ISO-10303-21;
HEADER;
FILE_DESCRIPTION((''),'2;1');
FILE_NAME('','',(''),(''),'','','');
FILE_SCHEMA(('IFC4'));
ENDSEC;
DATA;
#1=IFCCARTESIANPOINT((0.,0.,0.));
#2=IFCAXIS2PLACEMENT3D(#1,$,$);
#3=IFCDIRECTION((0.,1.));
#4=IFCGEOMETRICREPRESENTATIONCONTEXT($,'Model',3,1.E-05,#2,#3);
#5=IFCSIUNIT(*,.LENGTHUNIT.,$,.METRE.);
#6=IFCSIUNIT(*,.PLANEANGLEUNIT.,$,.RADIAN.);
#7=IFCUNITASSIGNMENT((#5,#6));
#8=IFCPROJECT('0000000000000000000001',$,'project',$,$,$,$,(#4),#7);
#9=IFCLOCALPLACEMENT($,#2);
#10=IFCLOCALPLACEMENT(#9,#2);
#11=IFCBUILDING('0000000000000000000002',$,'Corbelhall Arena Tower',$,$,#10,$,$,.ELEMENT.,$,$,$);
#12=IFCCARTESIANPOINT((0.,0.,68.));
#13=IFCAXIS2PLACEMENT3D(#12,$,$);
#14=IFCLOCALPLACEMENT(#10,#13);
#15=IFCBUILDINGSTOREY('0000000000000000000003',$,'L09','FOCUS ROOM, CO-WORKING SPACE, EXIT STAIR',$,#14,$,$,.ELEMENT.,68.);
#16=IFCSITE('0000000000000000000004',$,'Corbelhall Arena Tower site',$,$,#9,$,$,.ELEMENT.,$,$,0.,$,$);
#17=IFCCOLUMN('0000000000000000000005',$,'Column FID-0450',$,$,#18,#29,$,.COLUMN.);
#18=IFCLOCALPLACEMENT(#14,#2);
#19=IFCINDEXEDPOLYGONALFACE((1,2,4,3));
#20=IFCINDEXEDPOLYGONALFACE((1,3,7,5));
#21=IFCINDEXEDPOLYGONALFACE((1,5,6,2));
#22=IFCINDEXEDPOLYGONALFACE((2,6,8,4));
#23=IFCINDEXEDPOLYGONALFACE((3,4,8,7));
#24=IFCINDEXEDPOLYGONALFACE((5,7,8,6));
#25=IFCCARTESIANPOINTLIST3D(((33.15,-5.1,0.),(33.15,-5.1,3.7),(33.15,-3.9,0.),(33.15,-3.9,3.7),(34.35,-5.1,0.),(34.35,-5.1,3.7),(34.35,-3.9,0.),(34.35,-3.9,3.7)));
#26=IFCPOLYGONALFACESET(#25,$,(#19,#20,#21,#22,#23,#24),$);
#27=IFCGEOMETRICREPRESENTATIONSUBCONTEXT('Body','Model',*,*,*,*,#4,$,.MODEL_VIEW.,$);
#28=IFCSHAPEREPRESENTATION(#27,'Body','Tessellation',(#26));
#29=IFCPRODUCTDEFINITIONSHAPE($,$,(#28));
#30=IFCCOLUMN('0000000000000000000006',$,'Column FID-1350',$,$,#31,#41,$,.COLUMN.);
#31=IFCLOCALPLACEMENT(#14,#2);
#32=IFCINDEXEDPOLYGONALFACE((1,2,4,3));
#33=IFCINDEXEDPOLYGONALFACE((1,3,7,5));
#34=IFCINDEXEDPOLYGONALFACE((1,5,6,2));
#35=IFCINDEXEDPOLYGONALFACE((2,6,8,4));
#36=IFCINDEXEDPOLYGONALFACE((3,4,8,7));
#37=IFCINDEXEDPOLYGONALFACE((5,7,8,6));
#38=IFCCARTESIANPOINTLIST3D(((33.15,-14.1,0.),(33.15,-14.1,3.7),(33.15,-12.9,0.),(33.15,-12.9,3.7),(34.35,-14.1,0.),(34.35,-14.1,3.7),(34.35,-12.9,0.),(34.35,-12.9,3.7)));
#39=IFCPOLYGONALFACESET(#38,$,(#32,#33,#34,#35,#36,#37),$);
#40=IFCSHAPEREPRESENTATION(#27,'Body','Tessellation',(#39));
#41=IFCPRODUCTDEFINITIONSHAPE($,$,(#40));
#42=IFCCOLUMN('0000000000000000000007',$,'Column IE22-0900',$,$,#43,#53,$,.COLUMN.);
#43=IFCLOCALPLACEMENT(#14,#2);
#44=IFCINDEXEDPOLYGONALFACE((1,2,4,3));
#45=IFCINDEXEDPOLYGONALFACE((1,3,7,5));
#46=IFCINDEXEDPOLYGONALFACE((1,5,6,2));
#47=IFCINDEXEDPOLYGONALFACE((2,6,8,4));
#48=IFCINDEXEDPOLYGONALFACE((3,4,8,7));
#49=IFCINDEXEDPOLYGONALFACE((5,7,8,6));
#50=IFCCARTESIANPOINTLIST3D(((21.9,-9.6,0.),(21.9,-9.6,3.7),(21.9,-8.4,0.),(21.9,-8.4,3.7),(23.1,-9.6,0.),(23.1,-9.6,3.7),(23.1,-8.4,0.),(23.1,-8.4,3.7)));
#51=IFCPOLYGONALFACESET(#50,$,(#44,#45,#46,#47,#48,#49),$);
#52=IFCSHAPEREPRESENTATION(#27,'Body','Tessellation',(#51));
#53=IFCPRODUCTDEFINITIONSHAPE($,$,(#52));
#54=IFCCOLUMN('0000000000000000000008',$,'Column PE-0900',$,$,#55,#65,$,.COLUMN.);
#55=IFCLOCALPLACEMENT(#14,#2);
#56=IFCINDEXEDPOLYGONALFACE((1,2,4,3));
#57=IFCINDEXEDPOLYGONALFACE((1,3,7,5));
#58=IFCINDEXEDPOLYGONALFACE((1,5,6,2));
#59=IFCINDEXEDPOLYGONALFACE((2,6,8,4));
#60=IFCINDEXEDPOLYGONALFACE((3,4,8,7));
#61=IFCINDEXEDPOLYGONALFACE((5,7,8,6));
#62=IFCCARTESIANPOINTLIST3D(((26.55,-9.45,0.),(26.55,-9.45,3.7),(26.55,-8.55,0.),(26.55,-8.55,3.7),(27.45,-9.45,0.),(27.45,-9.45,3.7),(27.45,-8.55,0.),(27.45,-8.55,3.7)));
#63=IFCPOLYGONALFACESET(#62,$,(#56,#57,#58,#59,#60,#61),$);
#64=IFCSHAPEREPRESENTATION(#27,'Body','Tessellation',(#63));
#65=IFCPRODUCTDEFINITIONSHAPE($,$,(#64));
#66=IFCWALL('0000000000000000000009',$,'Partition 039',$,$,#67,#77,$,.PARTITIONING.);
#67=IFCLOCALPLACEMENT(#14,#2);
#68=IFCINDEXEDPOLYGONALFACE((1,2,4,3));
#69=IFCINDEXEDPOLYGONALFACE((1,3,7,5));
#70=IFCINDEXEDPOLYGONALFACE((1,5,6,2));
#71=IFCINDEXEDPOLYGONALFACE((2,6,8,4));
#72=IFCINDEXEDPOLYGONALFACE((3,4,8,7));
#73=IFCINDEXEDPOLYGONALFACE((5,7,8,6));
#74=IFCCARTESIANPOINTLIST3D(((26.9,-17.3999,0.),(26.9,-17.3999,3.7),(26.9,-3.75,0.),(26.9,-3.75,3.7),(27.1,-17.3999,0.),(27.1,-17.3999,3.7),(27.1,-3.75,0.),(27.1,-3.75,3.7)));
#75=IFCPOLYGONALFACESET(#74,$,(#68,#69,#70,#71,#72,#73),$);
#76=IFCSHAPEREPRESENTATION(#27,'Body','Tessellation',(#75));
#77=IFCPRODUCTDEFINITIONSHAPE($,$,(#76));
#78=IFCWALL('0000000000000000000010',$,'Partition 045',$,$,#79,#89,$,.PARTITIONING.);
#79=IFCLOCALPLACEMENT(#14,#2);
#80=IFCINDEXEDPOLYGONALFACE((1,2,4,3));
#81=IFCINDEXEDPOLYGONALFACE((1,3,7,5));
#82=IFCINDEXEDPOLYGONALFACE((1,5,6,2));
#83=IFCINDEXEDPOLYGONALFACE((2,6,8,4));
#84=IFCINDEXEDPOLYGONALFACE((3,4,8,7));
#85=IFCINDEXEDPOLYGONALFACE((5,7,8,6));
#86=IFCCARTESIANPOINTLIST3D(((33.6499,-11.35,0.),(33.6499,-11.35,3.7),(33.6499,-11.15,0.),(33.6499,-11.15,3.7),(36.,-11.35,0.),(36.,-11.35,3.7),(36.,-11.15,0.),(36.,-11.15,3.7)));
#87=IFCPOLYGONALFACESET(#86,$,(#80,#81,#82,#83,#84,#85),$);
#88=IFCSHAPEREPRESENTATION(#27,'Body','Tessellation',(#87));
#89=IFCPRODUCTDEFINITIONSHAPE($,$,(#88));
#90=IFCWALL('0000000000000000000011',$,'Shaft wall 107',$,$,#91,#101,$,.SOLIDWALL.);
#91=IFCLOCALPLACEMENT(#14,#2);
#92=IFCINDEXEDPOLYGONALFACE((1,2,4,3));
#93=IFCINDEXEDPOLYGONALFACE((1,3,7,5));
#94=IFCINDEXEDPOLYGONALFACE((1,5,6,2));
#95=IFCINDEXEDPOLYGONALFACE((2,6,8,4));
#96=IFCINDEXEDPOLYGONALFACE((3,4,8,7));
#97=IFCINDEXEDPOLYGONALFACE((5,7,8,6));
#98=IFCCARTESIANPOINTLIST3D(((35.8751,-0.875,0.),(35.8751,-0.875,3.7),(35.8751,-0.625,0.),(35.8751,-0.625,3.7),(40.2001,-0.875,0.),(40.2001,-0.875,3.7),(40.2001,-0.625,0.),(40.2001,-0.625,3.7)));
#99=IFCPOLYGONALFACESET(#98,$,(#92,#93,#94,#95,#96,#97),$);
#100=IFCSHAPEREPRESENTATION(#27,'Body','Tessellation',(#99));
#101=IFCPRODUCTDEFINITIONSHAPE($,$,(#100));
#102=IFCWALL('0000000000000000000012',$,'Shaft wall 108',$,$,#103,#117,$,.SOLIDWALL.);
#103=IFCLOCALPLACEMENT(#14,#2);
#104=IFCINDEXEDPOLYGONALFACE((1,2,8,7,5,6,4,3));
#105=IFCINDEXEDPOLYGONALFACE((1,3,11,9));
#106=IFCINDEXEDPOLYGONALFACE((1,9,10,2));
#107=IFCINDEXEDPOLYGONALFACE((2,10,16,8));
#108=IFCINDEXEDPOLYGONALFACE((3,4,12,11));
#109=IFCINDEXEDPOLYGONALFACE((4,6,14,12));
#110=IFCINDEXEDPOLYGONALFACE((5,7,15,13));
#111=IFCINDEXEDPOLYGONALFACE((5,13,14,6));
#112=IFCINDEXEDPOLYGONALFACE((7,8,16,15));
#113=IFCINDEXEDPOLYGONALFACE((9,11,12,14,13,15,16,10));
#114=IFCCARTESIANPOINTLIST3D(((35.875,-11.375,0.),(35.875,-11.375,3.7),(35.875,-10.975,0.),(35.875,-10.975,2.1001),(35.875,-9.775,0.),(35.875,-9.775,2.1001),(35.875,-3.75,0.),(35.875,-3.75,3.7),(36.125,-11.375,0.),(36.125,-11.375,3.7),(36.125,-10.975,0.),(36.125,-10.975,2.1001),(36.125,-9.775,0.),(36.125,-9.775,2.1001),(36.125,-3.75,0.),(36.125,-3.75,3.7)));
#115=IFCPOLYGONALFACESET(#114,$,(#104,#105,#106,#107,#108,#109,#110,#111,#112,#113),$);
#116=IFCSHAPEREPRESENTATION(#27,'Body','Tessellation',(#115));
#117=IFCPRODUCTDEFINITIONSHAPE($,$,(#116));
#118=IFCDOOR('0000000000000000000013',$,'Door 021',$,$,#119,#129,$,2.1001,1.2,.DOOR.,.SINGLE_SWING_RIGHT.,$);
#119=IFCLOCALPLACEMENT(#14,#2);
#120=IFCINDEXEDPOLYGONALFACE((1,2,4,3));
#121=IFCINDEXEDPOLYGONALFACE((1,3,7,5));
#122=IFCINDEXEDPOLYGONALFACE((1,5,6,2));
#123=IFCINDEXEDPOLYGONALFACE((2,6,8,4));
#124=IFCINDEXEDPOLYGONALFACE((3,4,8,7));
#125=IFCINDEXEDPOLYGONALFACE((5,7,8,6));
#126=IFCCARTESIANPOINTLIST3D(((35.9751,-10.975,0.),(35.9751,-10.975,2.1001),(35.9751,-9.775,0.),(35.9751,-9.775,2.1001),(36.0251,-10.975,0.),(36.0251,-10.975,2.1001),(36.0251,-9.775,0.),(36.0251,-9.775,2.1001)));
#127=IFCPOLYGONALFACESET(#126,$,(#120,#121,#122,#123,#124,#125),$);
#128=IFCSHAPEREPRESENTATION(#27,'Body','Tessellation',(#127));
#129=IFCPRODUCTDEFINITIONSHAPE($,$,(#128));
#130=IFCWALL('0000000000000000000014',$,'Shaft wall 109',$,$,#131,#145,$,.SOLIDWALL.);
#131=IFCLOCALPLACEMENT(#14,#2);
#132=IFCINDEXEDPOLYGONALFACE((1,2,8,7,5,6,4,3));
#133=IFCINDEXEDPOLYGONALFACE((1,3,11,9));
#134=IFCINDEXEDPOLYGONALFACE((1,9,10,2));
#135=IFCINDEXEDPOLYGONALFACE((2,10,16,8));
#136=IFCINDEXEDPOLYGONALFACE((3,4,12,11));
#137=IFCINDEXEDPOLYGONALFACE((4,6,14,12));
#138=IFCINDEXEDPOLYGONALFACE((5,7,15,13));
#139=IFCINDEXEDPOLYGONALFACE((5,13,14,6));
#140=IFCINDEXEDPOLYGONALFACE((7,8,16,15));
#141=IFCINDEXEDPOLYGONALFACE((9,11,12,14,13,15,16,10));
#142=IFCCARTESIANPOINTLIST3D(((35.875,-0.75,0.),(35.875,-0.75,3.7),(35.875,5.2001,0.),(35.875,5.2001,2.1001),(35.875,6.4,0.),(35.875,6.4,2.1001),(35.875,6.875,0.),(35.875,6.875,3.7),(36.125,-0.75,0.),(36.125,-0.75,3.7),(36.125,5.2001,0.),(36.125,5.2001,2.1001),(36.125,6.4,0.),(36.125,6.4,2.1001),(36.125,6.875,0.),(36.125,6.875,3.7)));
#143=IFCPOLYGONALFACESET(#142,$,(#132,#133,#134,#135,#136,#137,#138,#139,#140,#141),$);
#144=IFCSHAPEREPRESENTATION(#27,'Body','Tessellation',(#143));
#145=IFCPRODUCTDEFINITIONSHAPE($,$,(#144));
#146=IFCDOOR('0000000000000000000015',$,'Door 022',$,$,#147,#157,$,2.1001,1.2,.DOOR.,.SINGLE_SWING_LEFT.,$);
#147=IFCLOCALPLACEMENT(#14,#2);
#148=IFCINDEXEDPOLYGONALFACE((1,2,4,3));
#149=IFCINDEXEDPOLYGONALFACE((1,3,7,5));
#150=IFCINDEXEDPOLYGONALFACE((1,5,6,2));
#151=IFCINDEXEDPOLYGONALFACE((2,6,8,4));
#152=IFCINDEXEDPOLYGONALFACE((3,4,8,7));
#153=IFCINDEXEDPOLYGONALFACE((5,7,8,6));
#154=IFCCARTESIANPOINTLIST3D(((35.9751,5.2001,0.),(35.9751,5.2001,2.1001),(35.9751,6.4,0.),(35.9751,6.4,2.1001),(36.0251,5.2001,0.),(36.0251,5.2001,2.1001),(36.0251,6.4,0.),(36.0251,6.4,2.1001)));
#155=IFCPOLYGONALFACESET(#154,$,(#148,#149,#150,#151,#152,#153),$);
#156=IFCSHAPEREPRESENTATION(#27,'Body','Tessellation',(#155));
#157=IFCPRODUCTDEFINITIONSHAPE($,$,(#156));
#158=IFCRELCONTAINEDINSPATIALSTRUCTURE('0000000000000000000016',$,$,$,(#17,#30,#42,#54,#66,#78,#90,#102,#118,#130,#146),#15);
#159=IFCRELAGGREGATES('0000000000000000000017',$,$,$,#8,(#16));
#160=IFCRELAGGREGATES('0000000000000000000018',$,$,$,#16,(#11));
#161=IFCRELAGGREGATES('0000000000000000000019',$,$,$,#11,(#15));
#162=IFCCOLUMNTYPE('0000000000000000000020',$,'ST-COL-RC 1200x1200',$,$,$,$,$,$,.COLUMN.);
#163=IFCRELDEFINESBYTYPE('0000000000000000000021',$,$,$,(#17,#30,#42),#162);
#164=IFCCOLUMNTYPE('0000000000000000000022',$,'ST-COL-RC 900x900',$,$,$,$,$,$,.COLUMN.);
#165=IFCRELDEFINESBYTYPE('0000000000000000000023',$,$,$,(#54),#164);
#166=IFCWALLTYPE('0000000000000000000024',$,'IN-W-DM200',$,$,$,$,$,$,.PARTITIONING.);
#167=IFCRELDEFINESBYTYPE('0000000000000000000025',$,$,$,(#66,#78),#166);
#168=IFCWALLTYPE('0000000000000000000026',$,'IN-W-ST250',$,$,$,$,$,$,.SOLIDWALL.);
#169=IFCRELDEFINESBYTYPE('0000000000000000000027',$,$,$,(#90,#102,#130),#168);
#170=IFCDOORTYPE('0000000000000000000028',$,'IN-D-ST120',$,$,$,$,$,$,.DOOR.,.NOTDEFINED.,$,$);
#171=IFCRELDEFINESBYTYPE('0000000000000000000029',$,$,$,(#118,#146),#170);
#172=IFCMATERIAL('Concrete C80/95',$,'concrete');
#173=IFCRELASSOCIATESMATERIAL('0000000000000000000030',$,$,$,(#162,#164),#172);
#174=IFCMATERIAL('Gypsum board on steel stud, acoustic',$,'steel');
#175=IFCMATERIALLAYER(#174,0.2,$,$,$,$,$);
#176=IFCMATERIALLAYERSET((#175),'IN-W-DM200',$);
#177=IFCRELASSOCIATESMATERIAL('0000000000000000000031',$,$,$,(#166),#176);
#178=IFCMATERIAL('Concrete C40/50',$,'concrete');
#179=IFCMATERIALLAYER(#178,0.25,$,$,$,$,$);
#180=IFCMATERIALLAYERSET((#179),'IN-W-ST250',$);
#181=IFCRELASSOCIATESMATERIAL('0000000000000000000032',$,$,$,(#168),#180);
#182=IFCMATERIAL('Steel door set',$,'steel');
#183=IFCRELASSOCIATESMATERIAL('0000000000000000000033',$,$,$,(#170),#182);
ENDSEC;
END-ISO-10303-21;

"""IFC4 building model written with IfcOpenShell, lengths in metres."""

from ifc_helpers import new_model, si_unit, direction, frame, frame_2d, origin, origin_2d, place, context, subcontext, project, spatial, rectangle, extrude, material, layer, layer_set, material_profile, profile_set, type_object, element, fill, save


model = new_model("IFC4")

# Units and contexts
model_context = context("Model", 3, precision=1e-05, world=origin(), true_north=direction((0.0, 1.0)))
body_context = subcontext(model_context, "Body", "Model", "MODEL_VIEW")
ifc_project = project(units=[si_unit("LENGTHUNIT", "METRE"), si_unit("PLANEANGLEUNIT", "RADIAN")], contexts=[model_context])

# Site, building, storey
site_placement = place(None, origin())
site = spatial("IfcSite", under=ifc_project, at=site_placement, Name="Corbelhall Arena Tower site", CompositionType="ELEMENT", RefElevation=0.0)
building_placement = place(site_placement, origin())
building = spatial("IfcBuilding", under=site, at=building_placement, Name="Corbelhall Arena Tower", CompositionType="ELEMENT")
storey_placement = place(building_placement, frame((0.0, 0.0, 68.0)))
storey = spatial("IfcBuildingStorey", under=building, at=storey_placement, Name="L09", Description="FOCUS ROOM, CO-WORKING SPACE, EXIT STAIR", CompositionType="ELEMENT", Elevation=68.0)

# Columns
ifc_material_1 = material(Name="Concrete C80/95", Category="concrete")
ifc_material_profile_1 = material_profile(ifc_material_1, rectangle(XDim=1.2, YDim=1.2, at=origin_2d()))
ifc_profile_set_1 = profile_set([ifc_material_profile_1], Name="Concrete C80/95")
column_type_1 = type_object("IfcColumnType", Name="ST-COL-RC 1200x1200", PredefinedType="COLUMN", material=ifc_profile_set_1)
for number, where, z_axis, x_axis, name in (
    (1, (33.75, -4.5, 0.0), (0.0, 0.0, 1.0), (1.0, 0.0, 0.0), "Column FID-0450"),
    (2, (33.75, -13.5, 0.0), (0.0, 0.0, 1.0), (1.0, 0.0, 0.0), "Column FID-1350"),
    (3, (22.5, -9.0, 0.0), (0.0, 0.0, 1.0), (1.0, 0.0, 0.0), "Column IE22-0900"),
):
    element("IfcColumn", number, at=place(storey_placement, frame(where, z_axis=z_axis, x_axis=x_axis)), inside=storey, type_object=column_type_1, Name=name, PredefinedType="COLUMN", context=body_context, shape_type="SweptSolid", body=[
        extrude(rectangle(XDim=1.2, YDim=1.2, at=origin_2d()), origin(), (0.0, 0.0, 1.0), 3.7),
    ])
ifc_material_profile_2 = material_profile(ifc_material_1, rectangle(XDim=0.8999, YDim=0.8999, at=origin_2d()))
ifc_profile_set_2 = profile_set([ifc_material_profile_2], Name="Concrete C80/95")
column_type_2 = type_object("IfcColumnType", Name="ST-COL-RC 900x900", PredefinedType="COLUMN", material=ifc_profile_set_2)
column_placement = place(storey_placement, frame((27.0, -9.0, 0.0), z_axis=(0.0, 0.0, 1.0), x_axis=(1.0, 0.0, 0.0)))
element("IfcColumn", 4, at=column_placement, inside=storey, type_object=column_type_2, Name="Column PE-0900", PredefinedType="COLUMN", context=body_context, shape_type="SweptSolid", body=[
    extrude(rectangle(XDim=0.8999, YDim=0.8999, at=origin_2d()), origin(), (0.0, 0.0, 1.0), 3.7),
])

# Shared definitions
ifc_material_2 = material(Name="Gypsum board on steel stud, acoustic", Category="steel")
ifc_layer_1 = layer(ifc_material_2, 0.2)
ifc_layer_set_1 = layer_set([ifc_layer_1], Name="IN-W-DM200")
wall_type_1 = type_object("IfcWallType", Name="IN-W-DM200", PredefinedType="PARTITIONING", material=ifc_layer_set_1)
ifc_material_3 = material(Name="Steel door set", Category="steel")

# Wall
wall_1_placement = place(storey_placement, frame((27.0, -3.75, 0.0), z_axis=(0.0, 0.0, 1.0), x_axis=(0.0, -1.0, 0.0)))
element("IfcWall", 5, at=wall_1_placement, inside=storey, type_object=wall_type_1, Name="Partition 039", PredefinedType="PARTITIONING", context=body_context, shape_type="SweptSolid", body=[
    extrude(rectangle(XDim=13.6499, YDim=0.2, at=frame_2d((6.825, 0.0))), origin(), (0.0, 0.0, 1.0), 3.7),
])

# Walls
wall_2_placement = place(storey_placement, frame((36.0, -11.25, 0.0), z_axis=(0.0, 0.0, 1.0), x_axis=(-1.0, 0.0, 0.0)))
element("IfcWall", 6, at=wall_2_placement, inside=storey, type_object=wall_type_1, Name="Partition 045", PredefinedType="PARTITIONING", context=body_context, shape_type="SweptSolid", body=[
    extrude(rectangle(XDim=2.3501, YDim=0.2, at=frame_2d((1.175, 0.0))), origin(), (0.0, 0.0, 1.0), 3.7),
])
ifc_material_4 = material(Name="Concrete C40/50", Category="concrete")
ifc_layer_2 = layer(ifc_material_4, 0.25)
ifc_layer_set_2 = layer_set([ifc_layer_2], Name="IN-W-ST250")
wall_type_2 = type_object("IfcWallType", Name="IN-W-ST250", PredefinedType="SOLIDWALL", material=ifc_layer_set_2)
wall_3_placement = place(storey_placement, frame((35.875, -0.75, 0.0), z_axis=(0.0, 0.0, 1.0), x_axis=(1.0, 0.0, 0.0)))
element("IfcWall", 7, at=wall_3_placement, inside=storey, type_object=wall_type_2, Name="Shaft wall 107", PredefinedType="SOLIDWALL", context=body_context, shape_type="SweptSolid", body=[
    extrude(rectangle(XDim=4.325, YDim=0.25, at=frame_2d((2.1626, 0.0))), origin(), (0.0, 0.0, 1.0), 3.7),
])

# Walls, openings, doors
wall_4_placement = place(storey_placement, frame((36.0, -11.375, 0.0), z_axis=(0.0, 0.0, 1.0), x_axis=(0.0, 1.0, 0.0)))
wall_4 = element("IfcWall", 8, at=wall_4_placement, inside=storey, type_object=wall_type_2, Name="Shaft wall 108", PredefinedType="SOLIDWALL", context=body_context, shape_type="SweptSolid", body=[
    extrude(rectangle(XDim=7.625, YDim=0.25, at=frame_2d((3.8125, 0.0))), origin(), (0.0, 0.0, 1.0), 3.7),
])
opening_1_placement = place(wall_4_placement, frame((0.3999, 0.0, 0.0)))
opening_1 = element("IfcOpeningElement", 9, at=opening_1_placement, cuts=wall_4, PredefinedType="OPENING", context=body_context, shape_type="SweptSolid", body=[
    extrude(rectangle(XDim=1.2, YDim=2.1001, at=frame_2d((0.6001, 1.05))), frame((0.0, 0.125, 0.0), z_axis=(0.0, -1.0, 0.0), x_axis=(1.0, 0.0, 0.0)), (0.0, 0.0, 1.0), 0.25),
])
door_type_1 = type_object("IfcDoorType", Name="IN-D-ST120", OperationType="NOTDEFINED", PredefinedType="DOOR", material=ifc_material_3)
door_1_placement = place(opening_1_placement, origin())
door_1 = element("IfcDoor", 10, at=door_1_placement, inside=storey, type_object=door_type_1, Name="Door 021", OperationType="SINGLE_SWING_RIGHT", OverallHeight=2.1001, OverallWidth=1.2, PredefinedType="DOOR", context=body_context, shape_type="SweptSolid", body=[
    extrude(rectangle(XDim=1.2, YDim=2.1001, at=frame_2d((0.6001, 1.05))), frame((0.0, 0.0249, 0.0), z_axis=(0.0, -1.0, 0.0), x_axis=(1.0, 0.0, 0.0)), (0.0, 0.0, 1.0), 0.05),
])
fill(opening_1, door_1)
wall_5_placement = place(storey_placement, frame((36.0, -0.75, 0.0), z_axis=(0.0, 0.0, 1.0), x_axis=(0.0, 1.0, 0.0)))
wall_5 = element("IfcWall", 11, at=wall_5_placement, inside=storey, type_object=wall_type_2, Name="Shaft wall 109", PredefinedType="SOLIDWALL", context=body_context, shape_type="SweptSolid", body=[
    extrude(rectangle(XDim=7.625, YDim=0.25, at=frame_2d((3.8125, 0.0))), origin(), (0.0, 0.0, 1.0), 3.7),
])
opening_2_placement = place(wall_5_placement, frame((5.95, 0.0, 0.0)))
opening_2 = element("IfcOpeningElement", 12, at=opening_2_placement, cuts=wall_5, PredefinedType="OPENING", context=body_context, shape_type="SweptSolid", body=[
    extrude(rectangle(XDim=1.2, YDim=2.1001, at=frame_2d((0.6001, 1.05))), frame((0.0, 0.125, 0.0), z_axis=(0.0, -1.0, 0.0), x_axis=(1.0, 0.0, 0.0)), (0.0, 0.0, 1.0), 0.25),
])
door_2_placement = place(opening_2_placement, origin())
door_2 = element("IfcDoor", 13, at=door_2_placement, inside=storey, type_object=door_type_1, Name="Door 022", OperationType="SINGLE_SWING_LEFT", OverallHeight=2.1001, OverallWidth=1.2, PredefinedType="DOOR", context=body_context, shape_type="SweptSolid", body=[
    extrude(rectangle(XDim=1.2, YDim=2.1001, at=frame_2d((0.6001, 1.05))), frame((0.0, 0.0249, 0.0), z_axis=(0.0, -1.0, 0.0), x_axis=(1.0, 0.0, 0.0)), (0.0, 0.0, 1.0), 0.05),
])
fill(opening_2, door_2)

save(model, "model.ifc")
